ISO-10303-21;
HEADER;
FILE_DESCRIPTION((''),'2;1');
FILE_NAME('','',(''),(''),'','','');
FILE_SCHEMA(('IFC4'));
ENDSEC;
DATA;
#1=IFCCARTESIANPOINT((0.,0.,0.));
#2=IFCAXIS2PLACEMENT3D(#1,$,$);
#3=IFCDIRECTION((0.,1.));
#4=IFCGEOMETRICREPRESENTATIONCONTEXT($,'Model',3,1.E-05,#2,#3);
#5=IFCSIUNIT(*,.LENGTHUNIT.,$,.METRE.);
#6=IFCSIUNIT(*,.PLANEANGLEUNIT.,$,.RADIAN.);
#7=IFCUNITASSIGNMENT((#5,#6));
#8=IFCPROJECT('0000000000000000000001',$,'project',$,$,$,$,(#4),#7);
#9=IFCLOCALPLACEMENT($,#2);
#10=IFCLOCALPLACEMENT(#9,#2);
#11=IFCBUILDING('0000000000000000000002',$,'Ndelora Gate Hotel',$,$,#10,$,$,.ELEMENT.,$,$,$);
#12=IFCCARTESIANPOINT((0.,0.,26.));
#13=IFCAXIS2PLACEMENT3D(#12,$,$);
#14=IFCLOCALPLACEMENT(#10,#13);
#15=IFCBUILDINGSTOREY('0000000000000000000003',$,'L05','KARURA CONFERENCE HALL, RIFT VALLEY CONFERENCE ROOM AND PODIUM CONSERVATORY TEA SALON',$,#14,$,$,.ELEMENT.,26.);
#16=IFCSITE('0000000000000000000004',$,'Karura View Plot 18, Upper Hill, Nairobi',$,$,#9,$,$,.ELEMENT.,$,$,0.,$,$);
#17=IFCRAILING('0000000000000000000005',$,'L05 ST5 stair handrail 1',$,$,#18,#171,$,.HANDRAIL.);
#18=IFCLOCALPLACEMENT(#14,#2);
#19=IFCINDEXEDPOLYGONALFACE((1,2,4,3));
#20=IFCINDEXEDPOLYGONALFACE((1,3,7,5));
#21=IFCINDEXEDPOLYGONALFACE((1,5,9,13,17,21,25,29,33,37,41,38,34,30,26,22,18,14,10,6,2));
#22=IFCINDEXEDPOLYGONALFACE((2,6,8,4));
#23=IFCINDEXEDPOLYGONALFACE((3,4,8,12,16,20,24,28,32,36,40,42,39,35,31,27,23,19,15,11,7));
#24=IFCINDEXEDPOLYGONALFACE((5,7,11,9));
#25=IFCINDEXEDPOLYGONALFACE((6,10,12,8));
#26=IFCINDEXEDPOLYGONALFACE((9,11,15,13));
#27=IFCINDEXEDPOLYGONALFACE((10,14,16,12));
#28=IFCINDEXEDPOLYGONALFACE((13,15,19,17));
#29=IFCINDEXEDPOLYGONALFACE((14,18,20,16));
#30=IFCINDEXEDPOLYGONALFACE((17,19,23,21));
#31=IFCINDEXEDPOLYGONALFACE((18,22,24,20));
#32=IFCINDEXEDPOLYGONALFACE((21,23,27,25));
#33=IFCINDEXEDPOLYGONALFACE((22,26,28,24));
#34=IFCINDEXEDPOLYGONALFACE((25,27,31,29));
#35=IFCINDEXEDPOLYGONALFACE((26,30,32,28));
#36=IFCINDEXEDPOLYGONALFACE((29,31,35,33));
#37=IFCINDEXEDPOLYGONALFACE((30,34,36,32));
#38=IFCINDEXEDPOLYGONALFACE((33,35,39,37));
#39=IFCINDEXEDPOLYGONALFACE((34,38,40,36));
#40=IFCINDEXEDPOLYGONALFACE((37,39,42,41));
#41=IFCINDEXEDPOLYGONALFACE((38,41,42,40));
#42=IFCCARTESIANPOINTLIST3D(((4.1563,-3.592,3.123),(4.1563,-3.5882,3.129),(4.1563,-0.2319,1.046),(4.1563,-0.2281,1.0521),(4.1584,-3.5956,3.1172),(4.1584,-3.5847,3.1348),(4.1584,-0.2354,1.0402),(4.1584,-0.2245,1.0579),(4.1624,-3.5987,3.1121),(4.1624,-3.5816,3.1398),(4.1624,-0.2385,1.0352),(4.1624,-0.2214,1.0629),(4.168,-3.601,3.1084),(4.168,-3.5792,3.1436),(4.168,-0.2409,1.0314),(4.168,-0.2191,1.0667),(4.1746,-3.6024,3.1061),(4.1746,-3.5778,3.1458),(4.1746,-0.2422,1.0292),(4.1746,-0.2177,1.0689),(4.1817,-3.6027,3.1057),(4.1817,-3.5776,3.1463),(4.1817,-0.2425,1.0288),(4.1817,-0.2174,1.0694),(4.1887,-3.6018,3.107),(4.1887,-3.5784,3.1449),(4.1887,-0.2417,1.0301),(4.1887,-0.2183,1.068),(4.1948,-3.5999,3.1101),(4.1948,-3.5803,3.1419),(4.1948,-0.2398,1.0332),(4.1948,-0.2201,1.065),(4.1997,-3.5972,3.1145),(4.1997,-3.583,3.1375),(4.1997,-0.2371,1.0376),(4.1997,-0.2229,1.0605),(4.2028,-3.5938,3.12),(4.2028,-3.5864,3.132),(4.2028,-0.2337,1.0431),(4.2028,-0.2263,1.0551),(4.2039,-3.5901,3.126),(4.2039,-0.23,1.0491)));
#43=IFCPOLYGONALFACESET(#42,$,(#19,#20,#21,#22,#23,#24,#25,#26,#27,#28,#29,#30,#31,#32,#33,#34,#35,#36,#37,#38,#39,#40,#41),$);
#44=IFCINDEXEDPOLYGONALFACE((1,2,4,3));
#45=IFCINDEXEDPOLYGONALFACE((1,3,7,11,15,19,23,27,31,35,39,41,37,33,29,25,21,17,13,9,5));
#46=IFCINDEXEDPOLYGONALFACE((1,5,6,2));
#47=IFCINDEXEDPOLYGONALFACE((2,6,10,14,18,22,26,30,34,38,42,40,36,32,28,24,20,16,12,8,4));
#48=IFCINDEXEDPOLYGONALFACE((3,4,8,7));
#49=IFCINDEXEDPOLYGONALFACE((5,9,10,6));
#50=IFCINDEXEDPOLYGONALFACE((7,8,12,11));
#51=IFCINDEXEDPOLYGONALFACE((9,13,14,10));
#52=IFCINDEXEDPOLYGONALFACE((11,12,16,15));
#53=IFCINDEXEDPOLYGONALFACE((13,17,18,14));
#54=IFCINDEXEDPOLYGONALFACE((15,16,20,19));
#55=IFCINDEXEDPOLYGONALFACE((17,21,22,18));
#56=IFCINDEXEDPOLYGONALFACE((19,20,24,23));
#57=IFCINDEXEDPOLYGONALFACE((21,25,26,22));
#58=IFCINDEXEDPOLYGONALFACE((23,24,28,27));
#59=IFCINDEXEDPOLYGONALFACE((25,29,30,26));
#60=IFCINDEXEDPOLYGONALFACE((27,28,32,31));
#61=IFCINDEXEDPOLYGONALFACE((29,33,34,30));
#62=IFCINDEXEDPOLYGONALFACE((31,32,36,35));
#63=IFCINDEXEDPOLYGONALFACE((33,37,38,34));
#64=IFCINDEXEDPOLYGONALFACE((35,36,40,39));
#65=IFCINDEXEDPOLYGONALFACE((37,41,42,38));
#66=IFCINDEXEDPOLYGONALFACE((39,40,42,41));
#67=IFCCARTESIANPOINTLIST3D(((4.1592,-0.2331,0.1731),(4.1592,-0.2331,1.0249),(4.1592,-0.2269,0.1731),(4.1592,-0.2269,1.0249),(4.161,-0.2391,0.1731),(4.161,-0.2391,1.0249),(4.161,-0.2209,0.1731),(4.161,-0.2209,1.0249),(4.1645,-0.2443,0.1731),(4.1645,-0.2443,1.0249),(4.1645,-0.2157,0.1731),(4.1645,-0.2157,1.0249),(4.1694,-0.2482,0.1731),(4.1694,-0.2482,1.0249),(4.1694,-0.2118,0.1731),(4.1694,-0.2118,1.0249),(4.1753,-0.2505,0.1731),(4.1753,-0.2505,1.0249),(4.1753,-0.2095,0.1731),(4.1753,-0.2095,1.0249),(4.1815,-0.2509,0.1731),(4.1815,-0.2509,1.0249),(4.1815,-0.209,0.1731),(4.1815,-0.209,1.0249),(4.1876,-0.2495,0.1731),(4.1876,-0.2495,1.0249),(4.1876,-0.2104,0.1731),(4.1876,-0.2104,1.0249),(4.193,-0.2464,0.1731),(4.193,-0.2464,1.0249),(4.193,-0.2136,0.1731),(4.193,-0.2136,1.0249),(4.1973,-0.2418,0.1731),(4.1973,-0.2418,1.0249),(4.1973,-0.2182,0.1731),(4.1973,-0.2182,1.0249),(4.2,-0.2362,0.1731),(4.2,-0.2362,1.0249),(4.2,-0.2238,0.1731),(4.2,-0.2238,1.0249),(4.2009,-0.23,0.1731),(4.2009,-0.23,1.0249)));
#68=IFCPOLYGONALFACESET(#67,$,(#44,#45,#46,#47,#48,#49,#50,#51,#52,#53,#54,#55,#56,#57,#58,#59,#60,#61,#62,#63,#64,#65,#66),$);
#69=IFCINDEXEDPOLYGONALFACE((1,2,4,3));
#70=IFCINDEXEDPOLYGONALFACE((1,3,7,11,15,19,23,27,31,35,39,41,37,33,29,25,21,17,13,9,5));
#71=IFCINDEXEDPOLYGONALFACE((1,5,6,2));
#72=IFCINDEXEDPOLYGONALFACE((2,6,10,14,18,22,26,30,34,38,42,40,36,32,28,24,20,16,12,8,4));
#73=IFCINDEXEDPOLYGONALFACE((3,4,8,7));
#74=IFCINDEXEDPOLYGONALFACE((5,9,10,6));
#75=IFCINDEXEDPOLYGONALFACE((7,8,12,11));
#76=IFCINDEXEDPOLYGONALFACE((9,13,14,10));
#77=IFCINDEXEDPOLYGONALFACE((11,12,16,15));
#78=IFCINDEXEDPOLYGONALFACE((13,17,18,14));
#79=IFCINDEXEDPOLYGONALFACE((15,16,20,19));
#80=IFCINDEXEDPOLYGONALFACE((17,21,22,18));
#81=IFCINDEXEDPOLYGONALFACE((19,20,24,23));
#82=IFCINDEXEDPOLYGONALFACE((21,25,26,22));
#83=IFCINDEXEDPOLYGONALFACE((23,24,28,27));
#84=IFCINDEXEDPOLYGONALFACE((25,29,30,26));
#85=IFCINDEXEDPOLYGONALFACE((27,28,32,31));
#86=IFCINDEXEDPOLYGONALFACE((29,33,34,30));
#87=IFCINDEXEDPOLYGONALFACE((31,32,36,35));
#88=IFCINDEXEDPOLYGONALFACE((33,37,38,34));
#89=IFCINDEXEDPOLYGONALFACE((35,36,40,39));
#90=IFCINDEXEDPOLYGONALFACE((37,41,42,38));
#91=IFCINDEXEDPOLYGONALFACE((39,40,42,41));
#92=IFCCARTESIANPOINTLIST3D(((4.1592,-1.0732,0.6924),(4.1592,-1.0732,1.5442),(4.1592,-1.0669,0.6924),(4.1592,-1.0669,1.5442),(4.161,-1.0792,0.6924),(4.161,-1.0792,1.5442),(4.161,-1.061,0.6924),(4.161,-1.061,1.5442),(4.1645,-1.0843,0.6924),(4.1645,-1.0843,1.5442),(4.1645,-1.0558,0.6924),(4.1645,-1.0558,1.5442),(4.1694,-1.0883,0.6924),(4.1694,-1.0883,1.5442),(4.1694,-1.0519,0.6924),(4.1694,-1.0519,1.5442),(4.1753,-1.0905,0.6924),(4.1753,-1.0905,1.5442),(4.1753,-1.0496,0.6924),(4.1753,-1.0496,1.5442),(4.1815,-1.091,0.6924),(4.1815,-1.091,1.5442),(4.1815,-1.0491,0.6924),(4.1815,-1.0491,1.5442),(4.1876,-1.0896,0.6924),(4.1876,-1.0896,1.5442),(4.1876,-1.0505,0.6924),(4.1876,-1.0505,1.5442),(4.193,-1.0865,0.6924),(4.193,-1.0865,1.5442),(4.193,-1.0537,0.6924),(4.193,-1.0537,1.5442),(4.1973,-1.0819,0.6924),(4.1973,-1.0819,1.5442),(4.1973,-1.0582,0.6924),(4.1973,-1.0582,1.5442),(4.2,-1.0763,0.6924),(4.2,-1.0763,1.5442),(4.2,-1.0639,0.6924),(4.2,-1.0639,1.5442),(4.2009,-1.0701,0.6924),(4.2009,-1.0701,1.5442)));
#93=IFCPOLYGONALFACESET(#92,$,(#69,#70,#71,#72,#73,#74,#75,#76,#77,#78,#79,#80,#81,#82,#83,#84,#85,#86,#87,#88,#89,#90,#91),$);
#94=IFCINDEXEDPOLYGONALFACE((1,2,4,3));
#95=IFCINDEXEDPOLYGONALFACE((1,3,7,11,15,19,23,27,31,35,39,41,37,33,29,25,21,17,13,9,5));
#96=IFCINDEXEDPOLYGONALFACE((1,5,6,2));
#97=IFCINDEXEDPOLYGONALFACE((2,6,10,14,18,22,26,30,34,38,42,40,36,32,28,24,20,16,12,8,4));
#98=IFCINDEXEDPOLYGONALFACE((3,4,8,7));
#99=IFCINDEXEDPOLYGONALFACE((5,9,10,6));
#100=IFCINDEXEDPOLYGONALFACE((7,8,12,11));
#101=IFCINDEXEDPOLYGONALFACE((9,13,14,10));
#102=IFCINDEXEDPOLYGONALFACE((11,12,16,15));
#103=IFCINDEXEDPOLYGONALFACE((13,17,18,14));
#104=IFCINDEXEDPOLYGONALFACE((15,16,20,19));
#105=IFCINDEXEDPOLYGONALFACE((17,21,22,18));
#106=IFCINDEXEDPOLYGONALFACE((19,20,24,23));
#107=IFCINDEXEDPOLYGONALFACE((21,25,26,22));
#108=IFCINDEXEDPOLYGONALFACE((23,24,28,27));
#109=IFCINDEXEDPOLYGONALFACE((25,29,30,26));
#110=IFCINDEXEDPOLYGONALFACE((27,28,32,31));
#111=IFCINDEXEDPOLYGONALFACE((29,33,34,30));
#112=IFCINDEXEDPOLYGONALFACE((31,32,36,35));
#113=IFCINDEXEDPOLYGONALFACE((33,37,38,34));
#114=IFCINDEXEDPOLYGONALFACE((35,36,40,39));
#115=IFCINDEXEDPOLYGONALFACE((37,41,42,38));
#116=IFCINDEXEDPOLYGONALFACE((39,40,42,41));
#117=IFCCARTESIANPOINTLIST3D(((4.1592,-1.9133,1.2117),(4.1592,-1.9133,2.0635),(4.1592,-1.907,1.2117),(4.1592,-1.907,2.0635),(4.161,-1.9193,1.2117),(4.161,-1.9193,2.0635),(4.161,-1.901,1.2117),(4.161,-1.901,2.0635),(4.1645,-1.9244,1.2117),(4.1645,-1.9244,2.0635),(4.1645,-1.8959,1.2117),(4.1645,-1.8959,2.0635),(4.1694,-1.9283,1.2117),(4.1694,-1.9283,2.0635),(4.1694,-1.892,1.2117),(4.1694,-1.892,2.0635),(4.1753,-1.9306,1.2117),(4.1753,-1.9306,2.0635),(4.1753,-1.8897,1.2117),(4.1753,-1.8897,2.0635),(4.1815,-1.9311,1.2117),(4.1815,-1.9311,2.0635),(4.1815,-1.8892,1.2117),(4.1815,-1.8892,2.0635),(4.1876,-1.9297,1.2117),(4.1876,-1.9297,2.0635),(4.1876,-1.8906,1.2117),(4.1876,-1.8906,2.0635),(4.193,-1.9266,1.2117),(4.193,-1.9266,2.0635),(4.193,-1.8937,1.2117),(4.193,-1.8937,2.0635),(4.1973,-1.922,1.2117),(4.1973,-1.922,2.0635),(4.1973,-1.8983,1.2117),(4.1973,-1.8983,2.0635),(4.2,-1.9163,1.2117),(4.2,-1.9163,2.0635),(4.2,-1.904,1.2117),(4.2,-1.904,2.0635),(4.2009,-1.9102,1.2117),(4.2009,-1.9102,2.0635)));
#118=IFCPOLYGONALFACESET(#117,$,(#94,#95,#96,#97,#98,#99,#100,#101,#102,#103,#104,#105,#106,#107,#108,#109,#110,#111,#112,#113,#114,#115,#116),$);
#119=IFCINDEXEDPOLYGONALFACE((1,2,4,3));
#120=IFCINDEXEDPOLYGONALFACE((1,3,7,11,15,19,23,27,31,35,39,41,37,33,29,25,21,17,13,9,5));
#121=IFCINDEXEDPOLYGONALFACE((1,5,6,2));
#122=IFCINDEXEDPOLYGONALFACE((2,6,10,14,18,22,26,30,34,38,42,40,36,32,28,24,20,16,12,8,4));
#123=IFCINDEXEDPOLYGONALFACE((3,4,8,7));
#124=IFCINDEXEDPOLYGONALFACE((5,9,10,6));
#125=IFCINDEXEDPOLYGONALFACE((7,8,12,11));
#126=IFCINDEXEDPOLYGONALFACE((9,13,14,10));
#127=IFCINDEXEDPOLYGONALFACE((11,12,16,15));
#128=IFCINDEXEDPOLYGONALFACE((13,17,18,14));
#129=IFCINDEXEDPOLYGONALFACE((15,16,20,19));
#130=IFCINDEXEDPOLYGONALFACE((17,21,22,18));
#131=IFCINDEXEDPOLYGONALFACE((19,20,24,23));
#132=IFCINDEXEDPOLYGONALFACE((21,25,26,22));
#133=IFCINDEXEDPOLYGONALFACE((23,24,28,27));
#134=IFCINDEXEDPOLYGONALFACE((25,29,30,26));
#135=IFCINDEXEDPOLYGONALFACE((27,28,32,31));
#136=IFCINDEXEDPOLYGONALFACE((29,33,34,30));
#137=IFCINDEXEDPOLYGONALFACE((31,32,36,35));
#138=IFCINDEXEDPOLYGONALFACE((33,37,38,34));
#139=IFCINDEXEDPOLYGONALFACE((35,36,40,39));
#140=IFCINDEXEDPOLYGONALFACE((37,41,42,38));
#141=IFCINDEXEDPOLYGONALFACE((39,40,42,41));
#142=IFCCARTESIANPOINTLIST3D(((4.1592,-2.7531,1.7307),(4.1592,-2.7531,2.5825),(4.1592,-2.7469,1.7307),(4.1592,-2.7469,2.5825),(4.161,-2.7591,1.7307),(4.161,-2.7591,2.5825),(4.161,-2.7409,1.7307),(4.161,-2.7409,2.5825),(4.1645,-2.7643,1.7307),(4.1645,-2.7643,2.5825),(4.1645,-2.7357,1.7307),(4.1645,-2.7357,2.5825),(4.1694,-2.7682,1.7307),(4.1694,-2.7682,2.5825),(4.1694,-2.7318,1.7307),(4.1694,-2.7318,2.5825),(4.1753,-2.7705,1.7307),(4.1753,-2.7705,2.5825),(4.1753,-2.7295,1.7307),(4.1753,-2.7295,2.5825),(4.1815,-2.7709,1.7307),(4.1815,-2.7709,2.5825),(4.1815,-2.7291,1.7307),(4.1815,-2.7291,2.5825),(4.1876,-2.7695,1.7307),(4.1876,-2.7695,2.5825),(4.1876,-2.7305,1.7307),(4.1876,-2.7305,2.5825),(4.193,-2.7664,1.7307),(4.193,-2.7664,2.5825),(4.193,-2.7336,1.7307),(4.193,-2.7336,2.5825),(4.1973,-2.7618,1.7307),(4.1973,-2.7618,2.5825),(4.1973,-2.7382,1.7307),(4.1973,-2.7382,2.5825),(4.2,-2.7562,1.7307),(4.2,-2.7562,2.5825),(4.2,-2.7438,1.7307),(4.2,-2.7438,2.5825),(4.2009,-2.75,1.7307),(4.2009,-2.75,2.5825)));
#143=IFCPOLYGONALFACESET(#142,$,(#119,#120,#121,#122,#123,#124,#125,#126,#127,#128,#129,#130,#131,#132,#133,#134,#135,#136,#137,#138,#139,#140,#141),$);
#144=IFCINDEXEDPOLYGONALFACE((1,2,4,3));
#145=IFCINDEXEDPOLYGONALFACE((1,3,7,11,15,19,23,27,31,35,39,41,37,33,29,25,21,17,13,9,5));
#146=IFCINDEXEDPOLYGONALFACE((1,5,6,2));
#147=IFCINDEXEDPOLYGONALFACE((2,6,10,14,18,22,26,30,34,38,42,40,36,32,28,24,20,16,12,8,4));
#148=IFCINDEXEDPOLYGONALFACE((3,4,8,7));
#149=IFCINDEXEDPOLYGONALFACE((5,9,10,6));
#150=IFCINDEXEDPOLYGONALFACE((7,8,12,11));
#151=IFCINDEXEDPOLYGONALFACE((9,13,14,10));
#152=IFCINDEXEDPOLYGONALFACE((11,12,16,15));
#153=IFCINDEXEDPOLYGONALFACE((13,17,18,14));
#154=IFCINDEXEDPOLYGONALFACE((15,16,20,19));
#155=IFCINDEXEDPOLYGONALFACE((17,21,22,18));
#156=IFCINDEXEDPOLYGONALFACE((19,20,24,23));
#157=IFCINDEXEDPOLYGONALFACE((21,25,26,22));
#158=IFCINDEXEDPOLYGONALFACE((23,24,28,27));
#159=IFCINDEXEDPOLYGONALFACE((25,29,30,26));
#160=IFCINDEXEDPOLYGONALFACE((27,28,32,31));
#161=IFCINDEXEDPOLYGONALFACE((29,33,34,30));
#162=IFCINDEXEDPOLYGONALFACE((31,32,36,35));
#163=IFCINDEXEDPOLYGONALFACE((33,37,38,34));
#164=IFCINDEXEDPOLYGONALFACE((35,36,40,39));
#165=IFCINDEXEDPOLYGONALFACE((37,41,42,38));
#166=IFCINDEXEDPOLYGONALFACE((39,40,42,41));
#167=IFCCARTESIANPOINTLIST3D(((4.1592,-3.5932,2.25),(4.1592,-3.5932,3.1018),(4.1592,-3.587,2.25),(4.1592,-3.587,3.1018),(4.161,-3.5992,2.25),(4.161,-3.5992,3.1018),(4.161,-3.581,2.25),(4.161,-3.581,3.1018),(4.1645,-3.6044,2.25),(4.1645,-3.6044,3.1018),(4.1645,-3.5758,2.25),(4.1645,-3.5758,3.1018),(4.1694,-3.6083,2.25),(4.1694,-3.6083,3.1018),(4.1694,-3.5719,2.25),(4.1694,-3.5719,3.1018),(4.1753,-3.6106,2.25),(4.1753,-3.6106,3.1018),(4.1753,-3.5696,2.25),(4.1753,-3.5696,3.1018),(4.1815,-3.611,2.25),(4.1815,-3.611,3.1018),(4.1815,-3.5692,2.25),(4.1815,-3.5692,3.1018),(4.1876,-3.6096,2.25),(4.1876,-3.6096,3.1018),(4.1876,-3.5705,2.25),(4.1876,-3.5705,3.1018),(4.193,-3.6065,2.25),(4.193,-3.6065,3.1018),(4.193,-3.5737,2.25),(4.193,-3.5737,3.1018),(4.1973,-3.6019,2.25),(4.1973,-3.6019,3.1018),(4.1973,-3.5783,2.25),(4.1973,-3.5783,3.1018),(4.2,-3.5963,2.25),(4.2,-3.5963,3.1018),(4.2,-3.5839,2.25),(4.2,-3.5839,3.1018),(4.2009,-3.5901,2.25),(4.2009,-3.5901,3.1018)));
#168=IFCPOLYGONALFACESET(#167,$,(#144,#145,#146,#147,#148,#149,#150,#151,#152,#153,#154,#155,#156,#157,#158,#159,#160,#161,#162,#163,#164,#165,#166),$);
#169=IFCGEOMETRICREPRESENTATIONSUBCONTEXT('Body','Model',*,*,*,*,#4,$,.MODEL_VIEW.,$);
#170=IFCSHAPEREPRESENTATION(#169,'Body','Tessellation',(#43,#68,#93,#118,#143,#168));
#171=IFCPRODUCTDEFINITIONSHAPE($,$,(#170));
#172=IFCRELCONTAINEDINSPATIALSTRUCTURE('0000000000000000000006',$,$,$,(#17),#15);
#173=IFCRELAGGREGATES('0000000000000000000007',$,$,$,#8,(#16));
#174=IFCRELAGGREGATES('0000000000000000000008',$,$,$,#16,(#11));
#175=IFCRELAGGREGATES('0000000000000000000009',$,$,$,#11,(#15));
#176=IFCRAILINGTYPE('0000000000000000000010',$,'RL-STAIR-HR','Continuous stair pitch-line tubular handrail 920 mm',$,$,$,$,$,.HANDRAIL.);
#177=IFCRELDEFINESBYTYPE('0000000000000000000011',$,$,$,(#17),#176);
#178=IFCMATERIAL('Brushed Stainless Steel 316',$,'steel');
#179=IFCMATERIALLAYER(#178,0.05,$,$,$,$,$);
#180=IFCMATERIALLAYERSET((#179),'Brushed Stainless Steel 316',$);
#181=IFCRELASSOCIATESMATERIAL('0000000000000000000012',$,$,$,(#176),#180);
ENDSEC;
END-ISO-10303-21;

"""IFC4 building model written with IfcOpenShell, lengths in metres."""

from ifc_helpers import new_model, si_unit, direction, frame, origin, origin_2d, place, context, subcontext, project, spatial, circle, extrude, material, layer, layer_set, type_object, element, save


model = new_model("IFC4")

# Units and contexts
model_context = context("Model", 3, precision=1e-05, world=origin(), true_north=direction((0.0, 1.0)))
body_context = subcontext(model_context, "Body", "Model", "MODEL_VIEW")
ifc_project = project(units=[si_unit("LENGTHUNIT", "METRE"), si_unit("PLANEANGLEUNIT", "RADIAN")], contexts=[model_context])

# Site, building, storey
site_placement = place(None, origin())
site = spatial("IfcSite", under=ifc_project, at=site_placement, Name="Karura View Plot 18, Upper Hill, Nairobi", CompositionType="ELEMENT", RefElevation=0.0)
building_placement = place(site_placement, origin())
building = spatial("IfcBuilding", under=site, at=building_placement, Name="Ndelora Gate Hotel", CompositionType="ELEMENT")
storey_placement = place(building_placement, frame((0.0, 0.0, 26.0)))
storey = spatial("IfcBuildingStorey", under=building, at=storey_placement, Name="L05", Description="KARURA CONFERENCE HALL, RIFT VALLEY CONFERENCE ROOM AND PODIUM CONSERVATORY TEA SALON", CompositionType="ELEMENT", Elevation=26.0)

# Railing
ifc_material_1 = material(Name="Brushed Stainless Steel 316", Category="steel")
ifc_layer_1 = layer(ifc_material_1, 0.05)
ifc_layer_set_1 = layer_set([ifc_layer_1], Name="Brushed Stainless Steel 316")
railing_type_1 = type_object("IfcRailingType", Name="RL-STAIR-HR", Description="Continuous stair pitch-line tubular handrail 920 mm", PredefinedType="HANDRAIL", material=ifc_layer_set_1)
railing_1_placement = place(storey_placement, frame((4.1799, -0.23, 0.1731)))
element("IfcRailing", 1, at=railing_1_placement, inside=storey, type_object=railing_type_1, Name="L05 ST5 stair handrail 1", PredefinedType="HANDRAIL", context=body_context, shape_type="SweptSolid", body=[
    extrude(circle(Radius=0.0239, at=origin_2d()), frame((0.0, 0.0, 0.876), z_axis=(0.0, -0.850623, 0.525776), x_axis=(1.0, 0.0, 0.0)), (0.0, 0.0, 1.0), 3.9502),
    extrude(circle(Radius=0.021, at=origin_2d()), origin(), (0.0, 0.0, 1.0), 0.8518),
    extrude(circle(Radius=0.021, at=origin_2d()), frame((0.0, -0.8401, 0.5193)), (0.0, 0.0, 1.0), 0.8518),
    extrude(circle(Radius=0.021, at=origin_2d()), frame((0.0, -1.6802, 1.0386)), (0.0, 0.0, 1.0), 0.8518),
    extrude(circle(Radius=0.021, at=origin_2d()), frame((0.0, -2.52, 1.5576)), (0.0, 0.0, 1.0), 0.8518),
    extrude(circle(Radius=0.021, at=origin_2d()), frame((0.0, -3.3601, 2.0769)), (0.0, 0.0, 1.0), 0.8518),
])

save(model, "model.ifc")
